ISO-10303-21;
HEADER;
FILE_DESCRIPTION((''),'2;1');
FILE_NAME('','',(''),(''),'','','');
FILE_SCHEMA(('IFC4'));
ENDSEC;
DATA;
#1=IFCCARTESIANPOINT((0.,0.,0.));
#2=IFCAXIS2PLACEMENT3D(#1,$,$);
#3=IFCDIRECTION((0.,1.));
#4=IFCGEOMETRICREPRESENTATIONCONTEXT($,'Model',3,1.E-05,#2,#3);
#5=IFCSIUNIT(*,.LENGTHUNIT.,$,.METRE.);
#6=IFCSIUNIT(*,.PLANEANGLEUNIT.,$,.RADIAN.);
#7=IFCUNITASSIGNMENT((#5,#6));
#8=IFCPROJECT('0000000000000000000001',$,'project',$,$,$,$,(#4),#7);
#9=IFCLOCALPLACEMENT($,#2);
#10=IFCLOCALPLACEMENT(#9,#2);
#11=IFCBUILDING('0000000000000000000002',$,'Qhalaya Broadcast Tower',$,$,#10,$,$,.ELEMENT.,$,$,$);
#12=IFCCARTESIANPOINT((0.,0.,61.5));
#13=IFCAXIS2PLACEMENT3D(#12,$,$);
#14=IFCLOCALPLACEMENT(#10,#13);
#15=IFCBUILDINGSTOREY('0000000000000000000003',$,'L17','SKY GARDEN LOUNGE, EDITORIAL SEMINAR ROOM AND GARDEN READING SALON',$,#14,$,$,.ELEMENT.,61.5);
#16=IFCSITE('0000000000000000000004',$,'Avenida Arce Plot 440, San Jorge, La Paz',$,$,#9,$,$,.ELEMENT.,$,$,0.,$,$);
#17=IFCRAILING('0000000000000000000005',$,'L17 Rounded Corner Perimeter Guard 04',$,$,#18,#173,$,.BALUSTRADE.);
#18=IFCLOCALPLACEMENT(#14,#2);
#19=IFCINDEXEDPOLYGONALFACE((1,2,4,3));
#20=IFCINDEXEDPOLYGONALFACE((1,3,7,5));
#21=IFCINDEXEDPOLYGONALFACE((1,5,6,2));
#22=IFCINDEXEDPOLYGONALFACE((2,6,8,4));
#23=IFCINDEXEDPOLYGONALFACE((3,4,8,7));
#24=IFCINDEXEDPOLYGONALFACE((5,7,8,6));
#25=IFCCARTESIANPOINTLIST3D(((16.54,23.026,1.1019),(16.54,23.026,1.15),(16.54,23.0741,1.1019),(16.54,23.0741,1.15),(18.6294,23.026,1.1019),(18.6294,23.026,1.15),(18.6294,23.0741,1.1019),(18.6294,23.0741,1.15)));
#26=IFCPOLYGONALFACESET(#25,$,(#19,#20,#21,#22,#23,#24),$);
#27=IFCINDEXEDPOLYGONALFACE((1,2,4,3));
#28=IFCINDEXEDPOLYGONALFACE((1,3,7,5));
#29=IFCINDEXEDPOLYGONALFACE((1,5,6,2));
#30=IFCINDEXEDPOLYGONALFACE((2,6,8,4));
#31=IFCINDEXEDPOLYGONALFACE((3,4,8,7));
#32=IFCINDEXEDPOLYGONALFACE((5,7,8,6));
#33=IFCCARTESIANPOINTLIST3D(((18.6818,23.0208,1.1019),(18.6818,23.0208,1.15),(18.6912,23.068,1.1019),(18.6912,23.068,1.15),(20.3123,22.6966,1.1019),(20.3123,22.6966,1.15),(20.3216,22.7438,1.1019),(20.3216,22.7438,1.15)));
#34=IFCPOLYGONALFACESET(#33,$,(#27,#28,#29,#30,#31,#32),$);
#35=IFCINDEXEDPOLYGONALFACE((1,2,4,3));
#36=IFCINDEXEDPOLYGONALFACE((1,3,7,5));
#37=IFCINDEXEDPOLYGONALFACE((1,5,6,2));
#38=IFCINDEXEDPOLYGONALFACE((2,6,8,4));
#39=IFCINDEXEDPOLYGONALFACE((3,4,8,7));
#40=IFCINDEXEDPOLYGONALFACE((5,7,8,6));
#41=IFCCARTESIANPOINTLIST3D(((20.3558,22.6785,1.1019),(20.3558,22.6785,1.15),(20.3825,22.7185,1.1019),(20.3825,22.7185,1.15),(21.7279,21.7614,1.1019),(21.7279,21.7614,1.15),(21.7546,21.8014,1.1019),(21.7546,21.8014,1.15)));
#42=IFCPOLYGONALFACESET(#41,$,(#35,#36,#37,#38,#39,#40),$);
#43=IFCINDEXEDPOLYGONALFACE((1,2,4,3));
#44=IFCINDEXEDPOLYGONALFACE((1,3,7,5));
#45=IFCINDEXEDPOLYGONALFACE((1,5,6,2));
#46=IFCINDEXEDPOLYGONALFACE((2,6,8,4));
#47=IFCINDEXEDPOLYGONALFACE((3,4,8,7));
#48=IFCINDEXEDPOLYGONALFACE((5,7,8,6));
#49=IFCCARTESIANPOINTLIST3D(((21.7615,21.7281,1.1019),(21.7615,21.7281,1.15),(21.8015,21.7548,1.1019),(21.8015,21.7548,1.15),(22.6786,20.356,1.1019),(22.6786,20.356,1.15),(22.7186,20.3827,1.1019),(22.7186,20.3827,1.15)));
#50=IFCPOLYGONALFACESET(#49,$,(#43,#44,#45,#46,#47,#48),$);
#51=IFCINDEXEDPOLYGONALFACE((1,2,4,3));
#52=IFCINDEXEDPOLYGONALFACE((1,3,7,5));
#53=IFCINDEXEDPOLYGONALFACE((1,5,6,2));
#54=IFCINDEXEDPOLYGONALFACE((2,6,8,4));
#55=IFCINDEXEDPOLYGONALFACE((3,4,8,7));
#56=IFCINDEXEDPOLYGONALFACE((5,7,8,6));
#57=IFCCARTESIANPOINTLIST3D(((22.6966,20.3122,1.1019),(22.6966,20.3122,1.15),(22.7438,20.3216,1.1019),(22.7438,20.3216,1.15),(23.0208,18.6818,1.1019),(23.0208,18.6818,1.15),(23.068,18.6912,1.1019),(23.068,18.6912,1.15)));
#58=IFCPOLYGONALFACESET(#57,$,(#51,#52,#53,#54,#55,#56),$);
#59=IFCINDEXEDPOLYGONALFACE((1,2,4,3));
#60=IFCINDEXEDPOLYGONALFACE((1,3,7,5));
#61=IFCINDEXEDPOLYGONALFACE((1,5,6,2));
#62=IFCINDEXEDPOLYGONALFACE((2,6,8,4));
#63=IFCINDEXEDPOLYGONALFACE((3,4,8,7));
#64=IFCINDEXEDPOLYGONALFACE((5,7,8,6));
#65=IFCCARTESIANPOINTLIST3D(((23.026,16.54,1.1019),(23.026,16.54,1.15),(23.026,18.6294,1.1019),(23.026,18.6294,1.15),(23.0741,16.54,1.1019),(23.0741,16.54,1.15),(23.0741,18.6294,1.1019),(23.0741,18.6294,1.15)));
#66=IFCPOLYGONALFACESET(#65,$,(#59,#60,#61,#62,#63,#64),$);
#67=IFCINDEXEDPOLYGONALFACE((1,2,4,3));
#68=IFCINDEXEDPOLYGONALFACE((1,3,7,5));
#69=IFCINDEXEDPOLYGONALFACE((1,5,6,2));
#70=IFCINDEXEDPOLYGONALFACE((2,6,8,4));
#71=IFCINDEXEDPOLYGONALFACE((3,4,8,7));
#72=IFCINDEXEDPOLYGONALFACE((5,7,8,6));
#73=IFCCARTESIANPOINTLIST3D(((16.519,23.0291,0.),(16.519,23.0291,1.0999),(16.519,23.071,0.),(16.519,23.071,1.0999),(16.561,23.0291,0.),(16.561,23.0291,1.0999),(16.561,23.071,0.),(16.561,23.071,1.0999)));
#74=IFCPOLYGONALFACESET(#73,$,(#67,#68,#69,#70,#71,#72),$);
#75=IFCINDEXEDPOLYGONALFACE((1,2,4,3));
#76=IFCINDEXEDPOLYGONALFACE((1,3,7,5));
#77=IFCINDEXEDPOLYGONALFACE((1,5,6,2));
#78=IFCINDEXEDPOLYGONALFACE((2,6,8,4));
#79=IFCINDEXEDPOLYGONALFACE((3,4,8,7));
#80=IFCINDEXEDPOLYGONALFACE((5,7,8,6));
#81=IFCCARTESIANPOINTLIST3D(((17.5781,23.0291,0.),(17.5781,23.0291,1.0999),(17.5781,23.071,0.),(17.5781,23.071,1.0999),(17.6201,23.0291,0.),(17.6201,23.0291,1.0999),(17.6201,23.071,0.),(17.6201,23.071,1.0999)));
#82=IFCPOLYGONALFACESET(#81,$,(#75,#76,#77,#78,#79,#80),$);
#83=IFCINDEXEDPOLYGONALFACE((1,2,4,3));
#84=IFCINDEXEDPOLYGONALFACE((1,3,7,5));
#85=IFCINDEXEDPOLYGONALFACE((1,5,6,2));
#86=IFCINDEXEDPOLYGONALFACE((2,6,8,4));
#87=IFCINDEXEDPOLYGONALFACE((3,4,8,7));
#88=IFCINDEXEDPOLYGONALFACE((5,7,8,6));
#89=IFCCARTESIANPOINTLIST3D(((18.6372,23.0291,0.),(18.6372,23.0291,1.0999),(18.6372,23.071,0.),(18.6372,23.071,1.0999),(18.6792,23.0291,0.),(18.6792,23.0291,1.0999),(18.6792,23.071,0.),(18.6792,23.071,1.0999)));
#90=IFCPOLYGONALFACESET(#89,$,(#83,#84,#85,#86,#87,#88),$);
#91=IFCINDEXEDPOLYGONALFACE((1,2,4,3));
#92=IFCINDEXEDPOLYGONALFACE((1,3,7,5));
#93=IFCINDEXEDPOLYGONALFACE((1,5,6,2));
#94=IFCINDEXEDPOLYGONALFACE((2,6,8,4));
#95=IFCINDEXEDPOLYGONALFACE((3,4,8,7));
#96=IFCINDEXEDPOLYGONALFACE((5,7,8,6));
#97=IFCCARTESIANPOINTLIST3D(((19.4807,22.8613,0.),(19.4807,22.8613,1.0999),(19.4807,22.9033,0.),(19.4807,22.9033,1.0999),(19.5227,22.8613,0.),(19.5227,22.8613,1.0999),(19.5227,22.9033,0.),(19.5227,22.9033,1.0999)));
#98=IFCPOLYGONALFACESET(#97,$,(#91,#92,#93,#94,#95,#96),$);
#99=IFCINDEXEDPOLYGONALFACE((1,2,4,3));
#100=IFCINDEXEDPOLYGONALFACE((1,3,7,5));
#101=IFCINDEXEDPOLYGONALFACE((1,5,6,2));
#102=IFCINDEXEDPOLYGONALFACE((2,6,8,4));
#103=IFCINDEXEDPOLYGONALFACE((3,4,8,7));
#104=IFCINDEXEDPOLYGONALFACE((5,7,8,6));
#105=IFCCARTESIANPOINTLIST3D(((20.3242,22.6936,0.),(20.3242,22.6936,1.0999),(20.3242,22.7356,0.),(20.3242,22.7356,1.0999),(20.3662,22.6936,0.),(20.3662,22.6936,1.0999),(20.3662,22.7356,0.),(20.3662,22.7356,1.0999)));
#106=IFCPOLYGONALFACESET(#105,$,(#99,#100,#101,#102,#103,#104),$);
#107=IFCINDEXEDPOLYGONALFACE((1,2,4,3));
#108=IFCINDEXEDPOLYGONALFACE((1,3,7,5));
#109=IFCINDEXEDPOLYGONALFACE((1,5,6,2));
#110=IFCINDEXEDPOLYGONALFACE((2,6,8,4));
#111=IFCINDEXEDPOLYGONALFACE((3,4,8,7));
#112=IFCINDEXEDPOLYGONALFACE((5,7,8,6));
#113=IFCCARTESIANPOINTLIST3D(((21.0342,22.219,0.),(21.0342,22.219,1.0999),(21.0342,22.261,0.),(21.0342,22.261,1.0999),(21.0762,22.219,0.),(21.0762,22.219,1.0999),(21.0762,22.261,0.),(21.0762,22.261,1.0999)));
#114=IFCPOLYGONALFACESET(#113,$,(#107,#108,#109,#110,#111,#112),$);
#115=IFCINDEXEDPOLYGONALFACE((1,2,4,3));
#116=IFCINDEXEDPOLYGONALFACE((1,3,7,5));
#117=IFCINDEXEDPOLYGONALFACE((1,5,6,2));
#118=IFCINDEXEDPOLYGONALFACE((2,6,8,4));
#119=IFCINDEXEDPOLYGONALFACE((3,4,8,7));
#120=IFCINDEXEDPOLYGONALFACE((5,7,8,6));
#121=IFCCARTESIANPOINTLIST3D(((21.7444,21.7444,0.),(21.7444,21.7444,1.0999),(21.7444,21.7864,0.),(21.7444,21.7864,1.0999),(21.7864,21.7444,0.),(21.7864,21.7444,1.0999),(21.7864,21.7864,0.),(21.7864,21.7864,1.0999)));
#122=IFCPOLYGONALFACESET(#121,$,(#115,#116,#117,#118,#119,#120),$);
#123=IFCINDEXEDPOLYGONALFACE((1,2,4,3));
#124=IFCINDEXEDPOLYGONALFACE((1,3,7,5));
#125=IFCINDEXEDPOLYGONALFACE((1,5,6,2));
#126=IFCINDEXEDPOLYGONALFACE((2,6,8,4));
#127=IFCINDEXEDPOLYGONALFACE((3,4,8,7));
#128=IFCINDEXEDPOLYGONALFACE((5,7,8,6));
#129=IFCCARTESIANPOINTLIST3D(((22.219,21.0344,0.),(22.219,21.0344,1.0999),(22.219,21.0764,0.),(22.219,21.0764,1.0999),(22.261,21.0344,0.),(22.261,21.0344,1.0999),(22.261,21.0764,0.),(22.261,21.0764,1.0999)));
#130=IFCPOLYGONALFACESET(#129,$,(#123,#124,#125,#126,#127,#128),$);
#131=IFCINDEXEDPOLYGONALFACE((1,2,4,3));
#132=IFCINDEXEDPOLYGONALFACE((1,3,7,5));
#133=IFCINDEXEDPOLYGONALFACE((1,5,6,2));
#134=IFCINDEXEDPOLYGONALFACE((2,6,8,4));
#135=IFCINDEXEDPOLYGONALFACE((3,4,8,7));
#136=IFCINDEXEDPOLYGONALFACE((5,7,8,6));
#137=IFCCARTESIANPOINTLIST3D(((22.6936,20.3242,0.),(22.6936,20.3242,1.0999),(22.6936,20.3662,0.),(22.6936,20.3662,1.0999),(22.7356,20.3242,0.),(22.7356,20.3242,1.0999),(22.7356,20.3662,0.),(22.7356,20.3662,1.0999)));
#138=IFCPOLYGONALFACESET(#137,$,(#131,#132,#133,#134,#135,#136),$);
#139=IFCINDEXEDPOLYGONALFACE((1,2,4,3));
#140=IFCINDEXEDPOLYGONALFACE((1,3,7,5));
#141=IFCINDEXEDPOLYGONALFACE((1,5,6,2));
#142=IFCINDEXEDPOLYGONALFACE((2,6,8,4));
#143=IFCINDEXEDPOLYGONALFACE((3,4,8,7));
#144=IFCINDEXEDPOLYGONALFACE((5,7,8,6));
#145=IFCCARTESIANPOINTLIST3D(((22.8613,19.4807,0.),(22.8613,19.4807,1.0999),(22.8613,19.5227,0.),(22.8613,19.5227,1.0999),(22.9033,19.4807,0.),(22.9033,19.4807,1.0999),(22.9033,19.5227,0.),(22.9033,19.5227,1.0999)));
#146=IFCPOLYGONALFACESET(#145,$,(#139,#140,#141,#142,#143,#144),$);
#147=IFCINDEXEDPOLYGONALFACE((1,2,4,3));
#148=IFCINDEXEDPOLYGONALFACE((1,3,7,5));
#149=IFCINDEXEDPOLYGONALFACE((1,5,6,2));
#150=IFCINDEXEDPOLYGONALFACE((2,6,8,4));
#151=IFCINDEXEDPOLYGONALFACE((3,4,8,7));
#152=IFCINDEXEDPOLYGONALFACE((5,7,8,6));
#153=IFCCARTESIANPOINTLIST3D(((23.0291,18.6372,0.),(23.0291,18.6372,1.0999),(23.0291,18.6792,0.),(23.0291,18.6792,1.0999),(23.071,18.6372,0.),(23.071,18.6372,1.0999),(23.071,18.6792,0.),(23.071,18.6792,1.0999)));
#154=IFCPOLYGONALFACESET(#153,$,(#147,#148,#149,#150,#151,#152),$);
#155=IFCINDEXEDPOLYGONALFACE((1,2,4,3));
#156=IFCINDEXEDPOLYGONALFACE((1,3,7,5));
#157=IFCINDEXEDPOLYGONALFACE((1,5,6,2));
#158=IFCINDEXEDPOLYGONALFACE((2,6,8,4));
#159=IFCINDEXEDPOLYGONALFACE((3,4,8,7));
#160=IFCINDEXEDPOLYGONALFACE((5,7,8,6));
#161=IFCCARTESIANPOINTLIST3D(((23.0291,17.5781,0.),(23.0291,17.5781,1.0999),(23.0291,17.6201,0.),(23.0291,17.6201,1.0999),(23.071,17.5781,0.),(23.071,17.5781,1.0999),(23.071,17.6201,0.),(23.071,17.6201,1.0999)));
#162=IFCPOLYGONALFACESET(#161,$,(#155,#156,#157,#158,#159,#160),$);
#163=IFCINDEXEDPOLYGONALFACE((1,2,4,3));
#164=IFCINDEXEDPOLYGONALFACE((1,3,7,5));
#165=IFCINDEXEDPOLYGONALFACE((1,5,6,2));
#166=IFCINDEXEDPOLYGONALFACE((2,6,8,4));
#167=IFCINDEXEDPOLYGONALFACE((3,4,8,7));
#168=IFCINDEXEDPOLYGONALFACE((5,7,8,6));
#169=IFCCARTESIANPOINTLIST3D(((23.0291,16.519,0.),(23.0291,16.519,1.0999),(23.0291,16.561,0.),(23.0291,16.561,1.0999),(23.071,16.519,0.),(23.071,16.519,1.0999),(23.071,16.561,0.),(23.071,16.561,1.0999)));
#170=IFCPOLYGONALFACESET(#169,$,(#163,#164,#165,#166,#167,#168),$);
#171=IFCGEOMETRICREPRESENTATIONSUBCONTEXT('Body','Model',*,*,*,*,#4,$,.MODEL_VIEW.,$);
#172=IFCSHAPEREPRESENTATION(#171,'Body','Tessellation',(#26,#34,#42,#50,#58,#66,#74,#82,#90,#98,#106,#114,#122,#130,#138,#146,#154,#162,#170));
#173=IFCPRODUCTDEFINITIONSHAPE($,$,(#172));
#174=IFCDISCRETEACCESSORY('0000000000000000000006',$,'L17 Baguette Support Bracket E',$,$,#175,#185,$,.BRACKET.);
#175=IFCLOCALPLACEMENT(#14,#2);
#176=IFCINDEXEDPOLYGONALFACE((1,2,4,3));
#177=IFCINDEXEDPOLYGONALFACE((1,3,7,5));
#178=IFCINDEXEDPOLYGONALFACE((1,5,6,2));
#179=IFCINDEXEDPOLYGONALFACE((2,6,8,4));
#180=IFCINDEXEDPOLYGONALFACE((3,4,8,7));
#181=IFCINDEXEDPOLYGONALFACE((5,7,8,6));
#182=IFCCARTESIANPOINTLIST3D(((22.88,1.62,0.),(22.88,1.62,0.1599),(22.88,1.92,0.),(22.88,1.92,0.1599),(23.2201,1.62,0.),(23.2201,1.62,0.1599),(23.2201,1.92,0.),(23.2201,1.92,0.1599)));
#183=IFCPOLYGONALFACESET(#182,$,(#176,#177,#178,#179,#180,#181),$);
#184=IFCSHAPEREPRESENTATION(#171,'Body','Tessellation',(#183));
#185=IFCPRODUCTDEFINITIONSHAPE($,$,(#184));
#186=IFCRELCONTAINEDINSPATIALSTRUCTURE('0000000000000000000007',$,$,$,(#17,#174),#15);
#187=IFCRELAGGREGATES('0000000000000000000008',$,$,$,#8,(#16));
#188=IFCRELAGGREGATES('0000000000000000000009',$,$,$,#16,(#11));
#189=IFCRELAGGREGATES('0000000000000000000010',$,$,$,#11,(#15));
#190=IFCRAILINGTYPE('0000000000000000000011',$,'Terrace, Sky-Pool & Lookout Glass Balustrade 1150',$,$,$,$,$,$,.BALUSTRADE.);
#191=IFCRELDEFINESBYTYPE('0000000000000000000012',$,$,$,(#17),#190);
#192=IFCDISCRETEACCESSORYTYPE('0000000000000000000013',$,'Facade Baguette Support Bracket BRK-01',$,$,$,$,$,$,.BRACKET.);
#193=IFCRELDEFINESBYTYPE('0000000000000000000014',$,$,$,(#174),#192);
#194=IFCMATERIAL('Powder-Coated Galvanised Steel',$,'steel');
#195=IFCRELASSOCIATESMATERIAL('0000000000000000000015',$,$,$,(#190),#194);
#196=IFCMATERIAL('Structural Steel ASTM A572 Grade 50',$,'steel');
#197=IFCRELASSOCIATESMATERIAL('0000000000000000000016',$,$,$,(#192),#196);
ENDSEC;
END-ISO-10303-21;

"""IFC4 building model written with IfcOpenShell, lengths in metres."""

from ifc_helpers import new_model, si_unit, direction, frame, origin, origin_2d, place, context, subcontext, project, spatial, rectangle, extrude, material, type_object, element, save


model = new_model("IFC4")

# Units and contexts
model_context = context("Model", 3, precision=1e-05, world=origin(), true_north=direction((0.0, 1.0)))
body_context = subcontext(model_context, "Body", "Model", "MODEL_VIEW")
ifc_project = project(units=[si_unit("LENGTHUNIT", "METRE"), si_unit("PLANEANGLEUNIT", "RADIAN")], contexts=[model_context])

# Site, building, storey
site_placement = place(None, origin())
site = spatial("IfcSite", under=ifc_project, at=site_placement, Name="Avenida Arce Plot 440, San Jorge, La Paz", CompositionType="ELEMENT", RefElevation=0.0)
building_placement = place(site_placement, origin())
building = spatial("IfcBuilding", under=site, at=building_placement, Name="Qhalaya Broadcast Tower", CompositionType="ELEMENT")
storey_placement = place(building_placement, frame((0.0, 0.0, 61.5)))
storey = spatial("IfcBuildingStorey", under=building, at=storey_placement, Name="L17", Description="SKY GARDEN LOUNGE, EDITORIAL SEMINAR ROOM AND GARDEN READING SALON", CompositionType="ELEMENT", Elevation=61.5)

# Shared definitions
ifc_material_1 = material(Name="Structural Steel ASTM A572 Grade 50", Category="steel")

# Railing
ifc_material_2 = material(Name="Powder-Coated Galvanised Steel", Category="steel")
railing_type = type_object("IfcRailingType", Name="Terrace, Sky-Pool & Lookout Glass Balustrade 1150", PredefinedType="BALUSTRADE", material=ifc_material_2)
railing_placement = place(storey_placement, frame((16.54, 23.05, 0.0)))
element("IfcRailing", 1, at=railing_placement, inside=storey, type_object=railing_type, Name="L17 Rounded Corner Perimeter Guard 04", PredefinedType="BALUSTRADE", context=body_context, shape_type="SweptSolid", body=[
    extrude(rectangle(XDim=0.0481, YDim=0.0481, at=origin_2d()), frame((0.0, 0.0, 1.126), z_axis=(1.0, 0.0, 0.0), x_axis=(0.0, 1.0, 0.0)), (0.0, 0.0, 1.0), 2.0894),
    extrude(rectangle(XDim=0.0481, YDim=0.0481, at=origin_2d()), frame((2.1465, -0.0056, 1.126), z_axis=(0.980798, -0.195024, 0.0), x_axis=(0.195024, 0.980798, 0.0)), (0.0, 0.0, 1.0), 1.6624),
    extrude(rectangle(XDim=0.0481, YDim=0.0481, at=origin_2d()), frame((3.8291, -0.3516, 1.126), z_axis=(0.83139, -0.555689, 0.0), x_axis=(0.555689, 0.83139, 0.0)), (0.0, 0.0, 1.0), 1.6504),
    extrude(rectangle(XDim=0.0481, YDim=0.0481, at=origin_2d()), frame((5.2415, -1.3086, 1.126), z_axis=(0.555689, -0.83139, 0.0), x_axis=(0.83139, 0.555689, 0.0)), (0.0, 0.0, 1.0), 1.6504),
    extrude(rectangle(XDim=0.0481, YDim=0.0481, at=origin_2d()), frame((6.1802, -2.7332, 1.126), z_axis=(0.195024, -0.980798, 0.0), x_axis=(0.980798, 0.195024, 0.0)), (0.0, 0.0, 1.0), 1.6624),
    extrude(rectangle(XDim=0.0481, YDim=0.0481, at=origin_2d()), frame((6.51, -4.4207, 1.126), z_axis=(0.0, -1.0, 0.0), x_axis=(1.0, 0.0, 0.0)), (0.0, 0.0, 1.0), 2.0894),
    extrude(rectangle(XDim=0.042, YDim=0.042, at=origin_2d()), origin(), (0.0, 0.0, 1.0), 1.0999),
    extrude(rectangle(XDim=0.042, YDim=0.042, at=origin_2d()), frame((1.0591, 0.0, 0.0)), (0.0, 0.0, 1.0), 1.0999),
    extrude(rectangle(XDim=0.042, YDim=0.042, at=origin_2d()), frame((2.1182, 0.0, 0.0)), (0.0, 0.0, 1.0), 1.0999),
    extrude(rectangle(XDim=0.042, YDim=0.042, at=origin_2d()), frame((2.9617, -0.1677, 0.0)), (0.0, 0.0, 1.0), 1.0999),
    extrude(rectangle(XDim=0.042, YDim=0.042, at=origin_2d()), frame((3.8052, -0.3354, 0.0)), (0.0, 0.0, 1.0), 1.0999),
    extrude(rectangle(XDim=0.042, YDim=0.042, at=origin_2d()), frame((4.5151, -0.8101, 0.0)), (0.0, 0.0, 1.0), 1.0999),
    extrude(rectangle(XDim=0.042, YDim=0.042, at=origin_2d()), frame((5.2253, -1.2847, 0.0)), (0.0, 0.0, 1.0), 1.0999),
    extrude(rectangle(XDim=0.042, YDim=0.042, at=origin_2d()), frame((5.7, -1.9946, 0.0)), (0.0, 0.0, 1.0), 1.0999),
    extrude(rectangle(XDim=0.042, YDim=0.042, at=origin_2d()), frame((6.1746, -2.7048, 0.0)), (0.0, 0.0, 1.0), 1.0999),
    extrude(rectangle(XDim=0.042, YDim=0.042, at=origin_2d()), frame((6.3423, -3.5483, 0.0)), (0.0, 0.0, 1.0), 1.0999),
    extrude(rectangle(XDim=0.042, YDim=0.042, at=origin_2d()), frame((6.51, -4.3918, 0.0)), (0.0, 0.0, 1.0), 1.0999),
    extrude(rectangle(XDim=0.042, YDim=0.042, at=origin_2d()), frame((6.51, -5.4509, 0.0)), (0.0, 0.0, 1.0), 1.0999),
    extrude(rectangle(XDim=0.042, YDim=0.042, at=origin_2d()), frame((6.51, -6.51, 0.0)), (0.0, 0.0, 1.0), 1.0999),
])

# Discrete accessory
discrete_accessory_type = type_object("IfcDiscreteAccessoryType", Name="Facade Baguette Support Bracket BRK-01", PredefinedType="BRACKET", material=ifc_material_1)
discrete_accessory_placement = place(storey_placement, frame((23.05, 1.77, 0.0), z_axis=(0.0, 0.0, 1.0), x_axis=(0.0, 1.0, 0.0)))
element("IfcDiscreteAccessory", 2, at=discrete_accessory_placement, inside=storey, type_object=discrete_accessory_type, Name="L17 Baguette Support Bracket E", PredefinedType="BRACKET", context=body_context, shape_type="SweptSolid", body=[
    extrude(rectangle(XDim=0.3, YDim=0.3401, at=origin_2d()), origin(), (0.0, 0.0, 1.0), 0.1599),
])

save(model, "model.ifc")
